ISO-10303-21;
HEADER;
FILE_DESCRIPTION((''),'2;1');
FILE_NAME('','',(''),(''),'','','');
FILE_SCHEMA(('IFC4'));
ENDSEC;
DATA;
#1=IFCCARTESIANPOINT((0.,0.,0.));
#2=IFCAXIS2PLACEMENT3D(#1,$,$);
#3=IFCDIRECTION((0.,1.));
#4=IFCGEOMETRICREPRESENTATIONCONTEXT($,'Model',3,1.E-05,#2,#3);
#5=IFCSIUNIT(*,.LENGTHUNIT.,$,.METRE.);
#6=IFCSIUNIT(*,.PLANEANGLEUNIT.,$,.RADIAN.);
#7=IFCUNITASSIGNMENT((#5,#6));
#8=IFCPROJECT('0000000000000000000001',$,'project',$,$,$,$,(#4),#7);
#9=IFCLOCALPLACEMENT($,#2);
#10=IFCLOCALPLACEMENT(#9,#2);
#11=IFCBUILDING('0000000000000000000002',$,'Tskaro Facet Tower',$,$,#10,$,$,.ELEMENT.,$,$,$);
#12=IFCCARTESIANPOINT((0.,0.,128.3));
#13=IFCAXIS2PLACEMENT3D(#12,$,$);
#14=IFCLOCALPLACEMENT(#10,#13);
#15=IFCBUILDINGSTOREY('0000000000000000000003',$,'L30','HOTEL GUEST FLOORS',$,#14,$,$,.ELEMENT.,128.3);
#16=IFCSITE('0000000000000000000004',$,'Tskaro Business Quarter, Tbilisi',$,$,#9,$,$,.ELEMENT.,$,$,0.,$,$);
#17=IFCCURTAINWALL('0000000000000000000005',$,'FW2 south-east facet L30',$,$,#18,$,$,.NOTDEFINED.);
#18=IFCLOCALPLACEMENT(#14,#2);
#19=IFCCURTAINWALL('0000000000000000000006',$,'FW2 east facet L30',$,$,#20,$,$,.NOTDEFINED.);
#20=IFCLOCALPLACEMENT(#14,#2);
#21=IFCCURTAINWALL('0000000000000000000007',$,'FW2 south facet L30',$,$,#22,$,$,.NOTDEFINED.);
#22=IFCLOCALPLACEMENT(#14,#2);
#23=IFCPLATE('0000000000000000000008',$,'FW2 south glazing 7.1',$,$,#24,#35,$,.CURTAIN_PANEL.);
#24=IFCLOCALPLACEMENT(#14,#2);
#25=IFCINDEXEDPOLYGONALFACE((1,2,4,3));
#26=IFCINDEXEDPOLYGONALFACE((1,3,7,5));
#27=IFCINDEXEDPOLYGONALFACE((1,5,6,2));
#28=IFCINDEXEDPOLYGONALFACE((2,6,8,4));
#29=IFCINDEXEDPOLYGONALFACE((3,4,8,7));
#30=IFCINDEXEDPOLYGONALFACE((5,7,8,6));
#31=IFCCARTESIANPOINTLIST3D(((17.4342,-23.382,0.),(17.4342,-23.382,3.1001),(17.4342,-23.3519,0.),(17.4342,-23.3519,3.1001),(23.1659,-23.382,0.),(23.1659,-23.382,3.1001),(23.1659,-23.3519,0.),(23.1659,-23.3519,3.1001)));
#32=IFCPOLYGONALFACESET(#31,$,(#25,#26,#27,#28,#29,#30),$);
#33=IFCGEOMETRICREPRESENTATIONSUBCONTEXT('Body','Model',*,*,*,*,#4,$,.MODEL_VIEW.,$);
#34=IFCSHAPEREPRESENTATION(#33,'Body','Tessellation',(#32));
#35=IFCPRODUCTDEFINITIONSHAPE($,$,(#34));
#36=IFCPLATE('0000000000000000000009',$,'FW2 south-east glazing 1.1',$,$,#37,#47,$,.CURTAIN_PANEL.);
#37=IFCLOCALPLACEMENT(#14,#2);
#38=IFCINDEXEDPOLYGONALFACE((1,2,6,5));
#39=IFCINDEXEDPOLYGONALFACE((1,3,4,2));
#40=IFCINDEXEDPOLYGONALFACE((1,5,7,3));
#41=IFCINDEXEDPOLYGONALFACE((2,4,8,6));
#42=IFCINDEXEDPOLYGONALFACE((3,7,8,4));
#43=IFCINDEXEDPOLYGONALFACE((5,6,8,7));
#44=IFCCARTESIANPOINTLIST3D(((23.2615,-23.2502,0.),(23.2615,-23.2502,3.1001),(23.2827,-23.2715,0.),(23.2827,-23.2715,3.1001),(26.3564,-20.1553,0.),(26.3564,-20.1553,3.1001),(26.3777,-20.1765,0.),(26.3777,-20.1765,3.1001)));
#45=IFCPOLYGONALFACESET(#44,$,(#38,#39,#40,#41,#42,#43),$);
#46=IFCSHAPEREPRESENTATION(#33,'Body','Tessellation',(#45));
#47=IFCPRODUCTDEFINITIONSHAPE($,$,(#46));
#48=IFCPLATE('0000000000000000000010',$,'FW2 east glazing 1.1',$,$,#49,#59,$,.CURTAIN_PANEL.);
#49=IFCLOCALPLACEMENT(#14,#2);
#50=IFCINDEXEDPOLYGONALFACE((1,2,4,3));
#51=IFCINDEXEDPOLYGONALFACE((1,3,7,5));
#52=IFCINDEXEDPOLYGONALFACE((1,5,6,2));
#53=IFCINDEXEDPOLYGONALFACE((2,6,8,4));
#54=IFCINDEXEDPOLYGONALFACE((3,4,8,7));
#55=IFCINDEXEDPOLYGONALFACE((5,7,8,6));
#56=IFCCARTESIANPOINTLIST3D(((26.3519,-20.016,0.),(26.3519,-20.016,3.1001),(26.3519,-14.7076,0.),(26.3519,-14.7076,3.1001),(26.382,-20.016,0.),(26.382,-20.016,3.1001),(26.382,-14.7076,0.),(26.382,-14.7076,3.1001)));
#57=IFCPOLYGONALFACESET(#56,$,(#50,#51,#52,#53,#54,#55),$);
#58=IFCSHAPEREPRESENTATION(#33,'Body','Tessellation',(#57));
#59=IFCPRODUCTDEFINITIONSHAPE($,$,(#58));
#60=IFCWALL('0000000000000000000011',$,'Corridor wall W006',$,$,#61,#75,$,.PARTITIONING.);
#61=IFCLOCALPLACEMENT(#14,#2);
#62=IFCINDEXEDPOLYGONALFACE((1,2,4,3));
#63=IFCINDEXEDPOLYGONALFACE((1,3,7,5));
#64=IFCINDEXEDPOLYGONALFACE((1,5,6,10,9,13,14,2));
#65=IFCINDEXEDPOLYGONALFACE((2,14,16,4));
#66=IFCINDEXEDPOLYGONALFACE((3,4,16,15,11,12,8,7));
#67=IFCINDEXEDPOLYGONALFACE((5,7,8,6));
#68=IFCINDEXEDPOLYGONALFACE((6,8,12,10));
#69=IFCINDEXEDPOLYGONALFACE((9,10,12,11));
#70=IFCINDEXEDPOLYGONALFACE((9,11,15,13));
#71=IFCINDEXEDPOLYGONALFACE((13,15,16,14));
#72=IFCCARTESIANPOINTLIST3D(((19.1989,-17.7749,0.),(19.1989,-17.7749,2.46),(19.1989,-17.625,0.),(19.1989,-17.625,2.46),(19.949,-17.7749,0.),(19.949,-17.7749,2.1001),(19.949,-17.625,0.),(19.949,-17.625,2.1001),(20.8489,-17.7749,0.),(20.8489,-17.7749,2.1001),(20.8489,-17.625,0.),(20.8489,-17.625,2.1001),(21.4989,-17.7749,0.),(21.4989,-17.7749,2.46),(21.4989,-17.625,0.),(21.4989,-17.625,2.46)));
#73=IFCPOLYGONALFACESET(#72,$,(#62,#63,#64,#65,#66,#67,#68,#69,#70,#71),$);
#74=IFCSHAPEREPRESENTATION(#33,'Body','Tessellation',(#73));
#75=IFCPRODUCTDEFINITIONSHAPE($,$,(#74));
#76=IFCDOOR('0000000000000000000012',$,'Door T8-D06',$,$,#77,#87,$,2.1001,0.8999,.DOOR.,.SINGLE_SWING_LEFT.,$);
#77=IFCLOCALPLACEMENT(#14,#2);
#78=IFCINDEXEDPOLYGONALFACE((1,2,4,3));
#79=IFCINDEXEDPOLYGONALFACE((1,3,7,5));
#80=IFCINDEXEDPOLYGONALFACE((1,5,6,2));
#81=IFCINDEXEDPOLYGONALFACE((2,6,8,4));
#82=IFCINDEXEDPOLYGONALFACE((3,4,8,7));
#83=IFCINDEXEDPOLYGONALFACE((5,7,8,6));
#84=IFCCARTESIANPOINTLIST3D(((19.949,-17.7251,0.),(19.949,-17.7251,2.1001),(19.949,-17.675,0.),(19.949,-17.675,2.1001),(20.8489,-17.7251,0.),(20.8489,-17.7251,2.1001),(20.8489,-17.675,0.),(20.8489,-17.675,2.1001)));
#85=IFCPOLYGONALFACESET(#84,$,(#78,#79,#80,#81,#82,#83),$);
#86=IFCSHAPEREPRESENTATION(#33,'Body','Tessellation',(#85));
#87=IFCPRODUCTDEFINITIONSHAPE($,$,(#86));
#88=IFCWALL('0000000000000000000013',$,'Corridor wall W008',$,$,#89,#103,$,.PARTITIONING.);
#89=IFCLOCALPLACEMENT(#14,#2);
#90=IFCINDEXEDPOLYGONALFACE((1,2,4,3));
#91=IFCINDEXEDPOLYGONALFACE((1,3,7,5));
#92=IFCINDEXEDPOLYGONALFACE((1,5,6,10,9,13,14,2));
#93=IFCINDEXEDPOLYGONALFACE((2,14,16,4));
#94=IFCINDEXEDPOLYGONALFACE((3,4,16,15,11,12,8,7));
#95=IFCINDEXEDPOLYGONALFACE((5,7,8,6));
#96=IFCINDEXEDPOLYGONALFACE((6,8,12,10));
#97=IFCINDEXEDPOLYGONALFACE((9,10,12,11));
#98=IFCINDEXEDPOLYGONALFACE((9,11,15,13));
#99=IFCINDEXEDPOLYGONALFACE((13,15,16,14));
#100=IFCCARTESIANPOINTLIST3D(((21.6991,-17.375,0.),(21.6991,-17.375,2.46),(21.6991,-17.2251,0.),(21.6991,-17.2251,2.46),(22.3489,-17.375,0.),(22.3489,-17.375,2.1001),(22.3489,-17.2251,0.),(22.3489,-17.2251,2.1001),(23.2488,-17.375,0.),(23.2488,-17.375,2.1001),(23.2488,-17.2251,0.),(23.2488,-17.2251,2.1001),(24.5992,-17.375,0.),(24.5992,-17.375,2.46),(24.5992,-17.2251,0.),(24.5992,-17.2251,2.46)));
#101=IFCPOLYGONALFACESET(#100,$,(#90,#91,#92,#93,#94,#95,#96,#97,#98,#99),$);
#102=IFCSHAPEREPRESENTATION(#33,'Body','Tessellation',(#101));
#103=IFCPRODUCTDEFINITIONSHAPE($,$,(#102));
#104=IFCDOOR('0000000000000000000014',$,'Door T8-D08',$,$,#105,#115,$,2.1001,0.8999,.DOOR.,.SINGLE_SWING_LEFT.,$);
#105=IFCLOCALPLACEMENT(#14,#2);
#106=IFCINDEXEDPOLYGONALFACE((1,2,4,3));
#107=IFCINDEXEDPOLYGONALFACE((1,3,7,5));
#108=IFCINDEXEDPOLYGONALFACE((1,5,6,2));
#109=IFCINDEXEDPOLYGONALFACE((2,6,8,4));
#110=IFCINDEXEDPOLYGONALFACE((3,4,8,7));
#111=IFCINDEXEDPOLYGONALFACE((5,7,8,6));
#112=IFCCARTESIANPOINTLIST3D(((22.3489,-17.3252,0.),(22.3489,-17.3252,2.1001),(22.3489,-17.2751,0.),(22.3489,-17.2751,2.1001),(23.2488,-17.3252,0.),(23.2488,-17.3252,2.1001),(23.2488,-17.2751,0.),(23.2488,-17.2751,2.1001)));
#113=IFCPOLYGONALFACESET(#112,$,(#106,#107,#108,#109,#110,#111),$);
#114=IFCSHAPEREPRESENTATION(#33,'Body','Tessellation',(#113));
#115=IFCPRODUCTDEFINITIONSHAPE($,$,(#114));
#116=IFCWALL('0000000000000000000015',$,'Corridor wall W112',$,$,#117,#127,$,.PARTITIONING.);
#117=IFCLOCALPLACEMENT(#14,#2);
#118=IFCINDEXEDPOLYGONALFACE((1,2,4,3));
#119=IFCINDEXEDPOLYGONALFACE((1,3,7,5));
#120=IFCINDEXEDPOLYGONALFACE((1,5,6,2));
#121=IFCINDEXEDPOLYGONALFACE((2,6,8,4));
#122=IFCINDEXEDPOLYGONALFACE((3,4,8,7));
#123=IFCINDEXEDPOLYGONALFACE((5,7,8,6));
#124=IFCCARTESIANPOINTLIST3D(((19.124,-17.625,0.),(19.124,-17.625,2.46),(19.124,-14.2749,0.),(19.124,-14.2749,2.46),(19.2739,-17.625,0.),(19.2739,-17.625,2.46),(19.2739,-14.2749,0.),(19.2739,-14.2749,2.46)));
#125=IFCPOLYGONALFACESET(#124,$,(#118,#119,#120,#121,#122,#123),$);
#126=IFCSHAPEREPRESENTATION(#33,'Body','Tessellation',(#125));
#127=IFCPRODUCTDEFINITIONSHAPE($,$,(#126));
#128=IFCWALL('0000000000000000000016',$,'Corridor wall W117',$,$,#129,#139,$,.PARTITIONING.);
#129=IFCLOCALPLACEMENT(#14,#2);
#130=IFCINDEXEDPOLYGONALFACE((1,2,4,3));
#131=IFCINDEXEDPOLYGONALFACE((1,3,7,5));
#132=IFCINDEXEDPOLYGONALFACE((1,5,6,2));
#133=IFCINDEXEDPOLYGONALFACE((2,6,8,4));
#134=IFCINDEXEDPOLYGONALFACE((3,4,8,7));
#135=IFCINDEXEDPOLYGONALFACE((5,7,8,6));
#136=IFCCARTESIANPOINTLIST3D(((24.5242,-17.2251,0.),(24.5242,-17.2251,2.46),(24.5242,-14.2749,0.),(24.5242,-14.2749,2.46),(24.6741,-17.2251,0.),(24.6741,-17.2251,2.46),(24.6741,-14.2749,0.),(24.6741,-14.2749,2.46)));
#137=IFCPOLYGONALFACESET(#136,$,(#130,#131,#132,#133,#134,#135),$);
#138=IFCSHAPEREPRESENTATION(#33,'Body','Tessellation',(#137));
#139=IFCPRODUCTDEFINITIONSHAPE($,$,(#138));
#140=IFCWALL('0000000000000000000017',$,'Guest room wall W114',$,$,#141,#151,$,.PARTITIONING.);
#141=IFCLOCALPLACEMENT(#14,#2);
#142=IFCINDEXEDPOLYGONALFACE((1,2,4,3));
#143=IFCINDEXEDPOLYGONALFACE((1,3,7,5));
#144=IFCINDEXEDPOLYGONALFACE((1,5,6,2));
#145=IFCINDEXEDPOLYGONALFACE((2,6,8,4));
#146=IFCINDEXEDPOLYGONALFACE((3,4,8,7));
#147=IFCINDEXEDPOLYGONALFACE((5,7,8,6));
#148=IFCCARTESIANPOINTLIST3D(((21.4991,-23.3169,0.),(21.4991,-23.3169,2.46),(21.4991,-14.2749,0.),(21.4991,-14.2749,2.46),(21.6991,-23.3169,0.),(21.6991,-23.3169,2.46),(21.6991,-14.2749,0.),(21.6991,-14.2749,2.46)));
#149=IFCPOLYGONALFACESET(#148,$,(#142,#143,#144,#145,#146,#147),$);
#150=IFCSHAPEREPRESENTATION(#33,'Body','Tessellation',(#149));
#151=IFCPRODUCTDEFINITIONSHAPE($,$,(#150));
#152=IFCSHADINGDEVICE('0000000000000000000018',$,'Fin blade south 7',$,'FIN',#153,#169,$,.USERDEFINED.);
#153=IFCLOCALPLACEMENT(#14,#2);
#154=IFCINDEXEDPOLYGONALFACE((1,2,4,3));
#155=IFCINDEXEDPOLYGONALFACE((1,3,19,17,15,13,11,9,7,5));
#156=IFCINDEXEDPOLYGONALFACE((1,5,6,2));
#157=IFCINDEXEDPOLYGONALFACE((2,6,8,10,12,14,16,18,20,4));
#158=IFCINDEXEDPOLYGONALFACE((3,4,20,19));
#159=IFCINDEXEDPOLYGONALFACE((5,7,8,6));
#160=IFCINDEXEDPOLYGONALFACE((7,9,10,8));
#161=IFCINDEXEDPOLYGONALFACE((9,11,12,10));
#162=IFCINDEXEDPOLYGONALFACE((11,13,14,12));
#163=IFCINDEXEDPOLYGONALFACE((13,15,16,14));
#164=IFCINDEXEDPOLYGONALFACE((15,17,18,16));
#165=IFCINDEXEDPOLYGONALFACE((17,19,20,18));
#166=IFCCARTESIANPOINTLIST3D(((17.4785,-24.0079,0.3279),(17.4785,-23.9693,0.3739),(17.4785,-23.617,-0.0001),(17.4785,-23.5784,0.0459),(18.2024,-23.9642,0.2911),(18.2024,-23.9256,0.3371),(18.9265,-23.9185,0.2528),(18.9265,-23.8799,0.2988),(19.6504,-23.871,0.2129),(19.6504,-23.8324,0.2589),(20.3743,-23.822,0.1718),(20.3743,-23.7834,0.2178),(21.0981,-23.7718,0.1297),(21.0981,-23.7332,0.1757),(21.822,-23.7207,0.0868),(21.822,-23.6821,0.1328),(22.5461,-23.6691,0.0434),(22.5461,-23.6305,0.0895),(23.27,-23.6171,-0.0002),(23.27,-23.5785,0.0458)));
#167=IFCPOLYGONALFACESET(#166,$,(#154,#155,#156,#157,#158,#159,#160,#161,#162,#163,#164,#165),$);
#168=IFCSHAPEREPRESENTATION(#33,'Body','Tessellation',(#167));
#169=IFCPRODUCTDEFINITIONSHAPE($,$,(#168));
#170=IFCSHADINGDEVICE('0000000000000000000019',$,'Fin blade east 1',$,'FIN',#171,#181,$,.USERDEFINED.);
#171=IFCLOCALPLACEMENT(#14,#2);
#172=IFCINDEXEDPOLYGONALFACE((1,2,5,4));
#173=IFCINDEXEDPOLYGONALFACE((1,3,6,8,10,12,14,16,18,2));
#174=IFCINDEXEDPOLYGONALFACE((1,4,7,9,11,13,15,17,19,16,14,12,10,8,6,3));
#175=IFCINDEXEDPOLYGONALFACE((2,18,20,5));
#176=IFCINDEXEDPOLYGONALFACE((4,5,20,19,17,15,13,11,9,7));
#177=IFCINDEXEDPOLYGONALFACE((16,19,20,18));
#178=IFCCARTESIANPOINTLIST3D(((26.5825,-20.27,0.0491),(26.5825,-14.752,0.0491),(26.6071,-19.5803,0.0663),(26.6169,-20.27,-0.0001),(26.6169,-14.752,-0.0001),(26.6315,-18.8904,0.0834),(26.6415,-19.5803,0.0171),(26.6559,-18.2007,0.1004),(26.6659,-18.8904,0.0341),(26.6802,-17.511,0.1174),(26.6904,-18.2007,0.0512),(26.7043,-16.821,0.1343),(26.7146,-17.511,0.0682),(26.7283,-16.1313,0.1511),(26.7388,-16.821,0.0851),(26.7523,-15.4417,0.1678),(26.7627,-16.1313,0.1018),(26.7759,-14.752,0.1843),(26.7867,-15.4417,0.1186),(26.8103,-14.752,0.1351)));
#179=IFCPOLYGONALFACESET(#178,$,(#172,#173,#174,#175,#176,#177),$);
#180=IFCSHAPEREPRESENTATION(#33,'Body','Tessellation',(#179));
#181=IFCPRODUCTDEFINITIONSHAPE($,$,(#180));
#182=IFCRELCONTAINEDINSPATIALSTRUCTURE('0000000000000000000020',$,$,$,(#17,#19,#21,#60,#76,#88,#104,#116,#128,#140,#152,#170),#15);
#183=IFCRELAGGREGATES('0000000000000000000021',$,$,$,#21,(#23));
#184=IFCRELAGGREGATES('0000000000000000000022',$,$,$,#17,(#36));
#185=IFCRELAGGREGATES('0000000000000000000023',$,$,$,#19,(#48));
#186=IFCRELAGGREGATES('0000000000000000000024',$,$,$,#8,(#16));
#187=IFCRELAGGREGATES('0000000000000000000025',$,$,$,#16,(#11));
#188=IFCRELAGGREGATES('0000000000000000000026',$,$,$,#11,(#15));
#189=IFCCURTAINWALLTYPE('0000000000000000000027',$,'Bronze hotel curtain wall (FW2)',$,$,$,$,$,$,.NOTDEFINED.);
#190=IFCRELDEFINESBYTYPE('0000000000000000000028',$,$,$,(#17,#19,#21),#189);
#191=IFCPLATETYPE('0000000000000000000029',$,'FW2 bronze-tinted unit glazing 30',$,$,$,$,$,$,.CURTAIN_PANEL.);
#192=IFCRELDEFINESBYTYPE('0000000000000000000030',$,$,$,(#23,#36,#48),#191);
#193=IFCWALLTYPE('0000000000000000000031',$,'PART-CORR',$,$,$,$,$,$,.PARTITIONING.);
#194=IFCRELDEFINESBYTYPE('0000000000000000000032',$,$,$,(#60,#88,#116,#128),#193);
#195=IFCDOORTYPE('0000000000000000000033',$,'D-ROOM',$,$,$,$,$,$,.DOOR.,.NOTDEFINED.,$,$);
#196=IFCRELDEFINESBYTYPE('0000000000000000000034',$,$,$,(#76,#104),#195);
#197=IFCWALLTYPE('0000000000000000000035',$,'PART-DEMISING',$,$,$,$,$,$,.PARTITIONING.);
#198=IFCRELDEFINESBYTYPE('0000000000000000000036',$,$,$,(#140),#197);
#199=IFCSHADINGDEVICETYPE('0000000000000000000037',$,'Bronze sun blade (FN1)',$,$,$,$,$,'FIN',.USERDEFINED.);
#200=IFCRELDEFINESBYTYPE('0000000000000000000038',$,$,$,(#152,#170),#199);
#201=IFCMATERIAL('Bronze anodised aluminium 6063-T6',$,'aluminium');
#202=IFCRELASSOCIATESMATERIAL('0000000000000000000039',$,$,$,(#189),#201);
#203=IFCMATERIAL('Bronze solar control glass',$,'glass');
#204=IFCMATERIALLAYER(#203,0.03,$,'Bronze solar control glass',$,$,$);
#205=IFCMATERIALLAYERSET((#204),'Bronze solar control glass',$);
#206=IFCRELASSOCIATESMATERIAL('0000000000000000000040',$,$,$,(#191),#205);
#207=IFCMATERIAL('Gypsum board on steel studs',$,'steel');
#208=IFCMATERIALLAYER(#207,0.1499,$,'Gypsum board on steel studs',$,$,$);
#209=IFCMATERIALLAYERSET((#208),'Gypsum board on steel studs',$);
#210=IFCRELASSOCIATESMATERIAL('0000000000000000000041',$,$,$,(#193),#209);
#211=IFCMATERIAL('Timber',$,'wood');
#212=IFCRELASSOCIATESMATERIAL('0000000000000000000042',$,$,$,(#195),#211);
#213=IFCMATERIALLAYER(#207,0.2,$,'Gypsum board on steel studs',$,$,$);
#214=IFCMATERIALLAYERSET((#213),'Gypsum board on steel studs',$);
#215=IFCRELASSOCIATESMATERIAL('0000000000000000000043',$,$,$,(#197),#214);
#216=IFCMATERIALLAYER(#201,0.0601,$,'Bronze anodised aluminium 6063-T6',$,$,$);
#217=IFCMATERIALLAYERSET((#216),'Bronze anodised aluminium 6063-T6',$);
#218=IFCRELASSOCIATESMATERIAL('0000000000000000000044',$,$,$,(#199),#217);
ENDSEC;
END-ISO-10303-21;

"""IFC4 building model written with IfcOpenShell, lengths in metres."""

from ifc_helpers import new_model, si_unit, direction, frame, frame_2d, origin, origin_2d, place, context, subcontext, project, spatial, polyline, rectangle, outline, extrude, material, layer, layer_set, type_object, element, fill, aggregate, save


model = new_model("IFC4")

# Units and contexts
model_context = context("Model", 3, precision=1e-05, world=origin(), true_north=direction((0.0, 1.0)))
body_context = subcontext(model_context, "Body", "Model", "MODEL_VIEW")
ifc_project = project(units=[si_unit("LENGTHUNIT", "METRE"), si_unit("PLANEANGLEUNIT", "RADIAN")], contexts=[model_context])

# Site, building, storey
site_placement = place(None, origin())
site = spatial("IfcSite", under=ifc_project, at=site_placement, Name="Tskaro Business Quarter, Tbilisi", CompositionType="ELEMENT", RefElevation=0.0)
building_placement = place(site_placement, origin())
building = spatial("IfcBuilding", under=site, at=building_placement, Name="Tskaro Facet Tower", CompositionType="ELEMENT")
storey_placement = place(building_placement, frame((0.0, 0.0, 128.3)))
storey = spatial("IfcBuildingStorey", under=building, at=storey_placement, Name="L30", Description="HOTEL GUEST FLOORS", CompositionType="ELEMENT", Elevation=128.3)

# Curtain wall
ifc_material_1 = material(Name="Bronze anodised aluminium 6063-T6", Category="aluminium")
curtain_wall_type = type_object("IfcCurtainWallType", Name="Bronze hotel curtain wall (FW2)", PredefinedType="NOTDEFINED", material=ifc_material_1)
curtain_wall_1_placement = place(storey_placement, origin())
curtain_wall_1 = element("IfcCurtainWall", 1, at=curtain_wall_1_placement, inside=storey, type_object=curtain_wall_type, Name="FW2 south-east facet L30", PredefinedType="NOTDEFINED")

# Curtain wall
curtain_wall_2_placement = place(storey_placement, origin())
curtain_wall_2 = element("IfcCurtainWall", 2, at=curtain_wall_2_placement, inside=storey, type_object=curtain_wall_type, Name="FW2 east facet L30", PredefinedType="NOTDEFINED")

# Curtain wall, plate
curtain_wall_3_placement = place(storey_placement, origin())
curtain_wall_3 = element("IfcCurtainWall", 3, at=curtain_wall_3_placement, inside=storey, type_object=curtain_wall_type, Name="FW2 south facet L30", PredefinedType="NOTDEFINED")
ifc_material_2 = material(Name="Bronze solar control glass", Category="glass")
ifc_layer_1 = layer(ifc_material_2, 0.03, Name="Bronze solar control glass")
ifc_layer_set_1 = layer_set([ifc_layer_1], Name="Bronze solar control glass")
plate_type = type_object("IfcPlateType", Name="FW2 bronze-tinted unit glazing 30", PredefinedType="CURTAIN_PANEL", material=ifc_layer_set_1)
plate_1_placement = place(storey_placement, frame((20.3, -23.3669, 0.0), z_axis=(0.0, 0.0, 1.0), x_axis=(1.0, 0.0, 0.0)))
plate_1 = element("IfcPlate", 4, at=plate_1_placement, type_object=plate_type, Name="FW2 south glazing 7.1", PredefinedType="CURTAIN_PANEL", context=body_context, shape_type="SweptSolid", body=[
    extrude(rectangle(XDim=5.7317, YDim=0.03, at=origin_2d()), origin(), (0.0, 0.0, 1.0), 3.1001),
])
aggregate(curtain_wall_3, [plate_1])

# Plates
plate_2_placement = place(storey_placement, frame((24.8196, -21.7134, 0.0), z_axis=(0.0, 0.0, 1.0), x_axis=(0.707107, 0.707107, 0.0)))
plate_2 = element("IfcPlate", 5, at=plate_2_placement, type_object=plate_type, Name="FW2 south-east glazing 1.1", PredefinedType="CURTAIN_PANEL", context=body_context, shape_type="SweptSolid", body=[
    extrude(rectangle(XDim=4.377, YDim=0.03, at=origin_2d()), origin(), (0.0, 0.0, 1.0), 3.1001),
])
aggregate(curtain_wall_1, [plate_2])
plate_3_placement = place(storey_placement, frame((26.3669, -17.3618, 0.0), z_axis=(0.0, 0.0, 1.0), x_axis=(0.0, 1.0, 0.0)))
plate_3 = element("IfcPlate", 6, at=plate_3_placement, type_object=plate_type, Name="FW2 east glazing 1.1", PredefinedType="CURTAIN_PANEL", context=body_context, shape_type="SweptSolid", body=[
    extrude(rectangle(XDim=5.3083, YDim=0.03, at=origin_2d()), origin(), (0.0, 0.0, 1.0), 3.1001),
])
aggregate(curtain_wall_2, [plate_3])

# Walls, openings, doors
ifc_material_3 = material(Name="Gypsum board on steel studs", Category="steel")
ifc_layer_2 = layer(ifc_material_3, 0.1499, Name="Gypsum board on steel studs")
ifc_layer_set_2 = layer_set([ifc_layer_2], Name="Gypsum board on steel studs")
wall_type_1 = type_object("IfcWallType", Name="PART-CORR", PredefinedType="PARTITIONING", material=ifc_layer_set_2)
wall_1_placement = place(storey_placement, frame((19.199, -17.7, 0.0), z_axis=(0.0, 0.0, 1.0), x_axis=(1.0, 0.0, 0.0)))
wall_1 = element("IfcWall", 7, at=wall_1_placement, inside=storey, type_object=wall_type_1, Name="Corridor wall W006", PredefinedType="PARTITIONING", context=body_context, shape_type="SweptSolid", body=[
    extrude(rectangle(XDim=2.3, YDim=0.1499, at=frame_2d((1.1499, 0.0))), origin(), (0.0, 0.0, 1.0), 2.46),
])
opening_1_placement = place(wall_1_placement, frame((0.75, 0.0, 0.0)))
opening_1 = element("IfcOpeningElement", 8, at=opening_1_placement, cuts=wall_1, PredefinedType="OPENING", context=body_context, shape_type="SweptSolid", body=[
    extrude(rectangle(XDim=0.8999, YDim=2.1001, at=frame_2d((0.45, 1.05))), frame((0.0, 0.085, 0.0), z_axis=(0.0, -1.0, 0.0), x_axis=(1.0, 0.0, 0.0)), (0.0, 0.0, 1.0), 0.1699),
])
ifc_material_4 = material(Name="Timber", Category="wood")
door_type = type_object("IfcDoorType", Name="D-ROOM", OperationType="NOTDEFINED", PredefinedType="DOOR", material=ifc_material_4)
door_1_placement = place(opening_1_placement, origin())
door_1 = element("IfcDoor", 9, at=door_1_placement, inside=storey, type_object=door_type, Name="Door T8-D06", OperationType="SINGLE_SWING_LEFT", OverallHeight=2.1001, OverallWidth=0.8999, PredefinedType="DOOR", context=body_context, shape_type="SweptSolid", body=[
    extrude(rectangle(XDim=0.8999, YDim=2.1001, at=frame_2d((0.45, 1.05))), frame((0.0, 0.0249, 0.0), z_axis=(0.0, -1.0, 0.0), x_axis=(1.0, 0.0, 0.0)), (0.0, 0.0, 1.0), 0.05),
])
fill(opening_1, door_1)
wall_2_placement = place(storey_placement, frame((21.699, -17.3, 0.0), z_axis=(0.0, 0.0, 1.0), x_axis=(1.0, 0.0, 0.0)))
wall_2 = element("IfcWall", 10, at=wall_2_placement, inside=storey, type_object=wall_type_1, Name="Corridor wall W008", PredefinedType="PARTITIONING", context=body_context, shape_type="SweptSolid", body=[
    extrude(rectangle(XDim=2.9001, YDim=0.1499, at=frame_2d((1.4502, 0.0))), origin(), (0.0, 0.0, 1.0), 2.46),
])
opening_2_placement = place(wall_2_placement, frame((0.6499, 0.0, 0.0)))
opening_2 = element("IfcOpeningElement", 11, at=opening_2_placement, cuts=wall_2, PredefinedType="OPENING", context=body_context, shape_type="SweptSolid", body=[
    extrude(rectangle(XDim=0.8999, YDim=2.1001, at=frame_2d((0.45, 1.05))), frame((0.0, 0.085, 0.0), z_axis=(0.0, -1.0, 0.0), x_axis=(1.0, 0.0, 0.0)), (0.0, 0.0, 1.0), 0.1699),
])
door_2_placement = place(opening_2_placement, origin())
door_2 = element("IfcDoor", 12, at=door_2_placement, inside=storey, type_object=door_type, Name="Door T8-D08", OperationType="SINGLE_SWING_LEFT", OverallHeight=2.1001, OverallWidth=0.8999, PredefinedType="DOOR", context=body_context, shape_type="SweptSolid", body=[
    extrude(rectangle(XDim=0.8999, YDim=2.1001, at=frame_2d((0.45, 1.05))), frame((0.0, 0.0249, 0.0), z_axis=(0.0, -1.0, 0.0), x_axis=(1.0, 0.0, 0.0)), (0.0, 0.0, 1.0), 0.05),
])
fill(opening_2, door_2)

# Walls
wall_3_placement = place(storey_placement, frame((19.199, -17.625, 0.0), z_axis=(0.0, 0.0, 1.0), x_axis=(0.0, 1.0, 0.0)))
element("IfcWall", 13, at=wall_3_placement, inside=storey, type_object=wall_type_1, Name="Corridor wall W112", PredefinedType="PARTITIONING", context=body_context, shape_type="SweptSolid", body=[
    extrude(rectangle(XDim=3.3501, YDim=0.1499, at=frame_2d((1.675, 0.0))), origin(), (0.0, 0.0, 1.0), 2.46),
])
wall_4_placement = place(storey_placement, frame((24.5991, -17.2251, 0.0), z_axis=(0.0, 0.0, 1.0), x_axis=(0.0, 1.0, 0.0)))
element("IfcWall", 14, at=wall_4_placement, inside=storey, type_object=wall_type_1, Name="Corridor wall W117", PredefinedType="PARTITIONING", context=body_context, shape_type="SweptSolid", body=[
    extrude(rectangle(XDim=2.9502, YDim=0.1499, at=frame_2d((1.4751, 0.0))), origin(), (0.0, 0.0, 1.0), 2.46),
])
ifc_layer_3 = layer(ifc_material_3, 0.2, Name="Gypsum board on steel studs")
ifc_layer_set_3 = layer_set([ifc_layer_3], Name="Gypsum board on steel studs")
wall_type_2 = type_object("IfcWallType", Name="PART-DEMISING", PredefinedType="PARTITIONING", material=ifc_layer_set_3)
wall_5_placement = place(storey_placement, frame((21.5991, -23.3169, 0.0), z_axis=(0.0, 0.0, 1.0), x_axis=(0.0, 1.0, 0.0)))
element("IfcWall", 15, at=wall_5_placement, inside=storey, type_object=wall_type_2, Name="Guest room wall W114", PredefinedType="PARTITIONING", context=body_context, shape_type="SweptSolid", body=[
    extrude(rectangle(XDim=9.042, YDim=0.2, at=frame_2d((4.521, 0.0))), origin(), (0.0, 0.0, 1.0), 2.46),
])

# Shading devices
ifc_layer_4 = layer(ifc_material_1, 0.0601, Name="Bronze anodised aluminium 6063-T6")
ifc_layer_set_4 = layer_set([ifc_layer_4], Name="Bronze anodised aluminium 6063-T6")
shading_device_type = type_object("IfcShadingDeviceType", Name="Bronze sun blade (FN1)", ElementType="FIN", PredefinedType="USERDEFINED", material=ifc_layer_set_4)
shading_device_1_placement = place(storey_placement, frame((17.4785, -23.5784, 0.0459), z_axis=(0.000027, 0.642718, 0.766103), x_axis=(1.0, -0.000017, -0.000021)))
element("IfcShadingDevice", 16, at=shading_device_1_placement, inside=storey, type_object=shading_device_type, Name="Fin blade south 7", ObjectType="FIN", PredefinedType="USERDEFINED", context=body_context, shape_type="SweptSolid", body=[
    extrude(outline(polyline([(0.0, 0.0), (5.7915, 0.0), (5.0676, -0.0679), (4.3435, -0.1354), (3.6196, -0.2021), (2.8958, -0.2676), (2.1719, -0.3315), (1.448, -0.3936), (0.7239, -0.4532), (0.0, -0.5103), (0.0, 0.0)])), origin(), (0.0, 0.0, -1.0), 0.0601),
])
shading_device_2_placement = place(storey_placement, frame((26.5825, -20.27, 0.0491), z_axis=(-0.573117, -0.000004, 0.819473), x_axis=(-0.000002, 1.0, 0.000003)))
element("IfcShadingDevice", 17, at=shading_device_2_placement, inside=storey, type_object=shading_device_type, Name="Fin blade east 1", ObjectType="FIN", PredefinedType="USERDEFINED", context=body_context, shape_type="SweptSolid", body=[
    extrude(outline(polyline([(0.0, 0.0), (5.5181, 0.0), (5.5181, -0.236), (4.8284, -0.2072), (4.1387, -0.1779), (3.449, -0.1487), (2.759, -0.1192), (2.0693, -0.0896), (1.3796, -0.0598), (0.6897, -0.03), (0.0, 0.0)])), origin(), (0.0, 0.0, -1.0), 0.0601),
])

save(model, "model.ifc")
